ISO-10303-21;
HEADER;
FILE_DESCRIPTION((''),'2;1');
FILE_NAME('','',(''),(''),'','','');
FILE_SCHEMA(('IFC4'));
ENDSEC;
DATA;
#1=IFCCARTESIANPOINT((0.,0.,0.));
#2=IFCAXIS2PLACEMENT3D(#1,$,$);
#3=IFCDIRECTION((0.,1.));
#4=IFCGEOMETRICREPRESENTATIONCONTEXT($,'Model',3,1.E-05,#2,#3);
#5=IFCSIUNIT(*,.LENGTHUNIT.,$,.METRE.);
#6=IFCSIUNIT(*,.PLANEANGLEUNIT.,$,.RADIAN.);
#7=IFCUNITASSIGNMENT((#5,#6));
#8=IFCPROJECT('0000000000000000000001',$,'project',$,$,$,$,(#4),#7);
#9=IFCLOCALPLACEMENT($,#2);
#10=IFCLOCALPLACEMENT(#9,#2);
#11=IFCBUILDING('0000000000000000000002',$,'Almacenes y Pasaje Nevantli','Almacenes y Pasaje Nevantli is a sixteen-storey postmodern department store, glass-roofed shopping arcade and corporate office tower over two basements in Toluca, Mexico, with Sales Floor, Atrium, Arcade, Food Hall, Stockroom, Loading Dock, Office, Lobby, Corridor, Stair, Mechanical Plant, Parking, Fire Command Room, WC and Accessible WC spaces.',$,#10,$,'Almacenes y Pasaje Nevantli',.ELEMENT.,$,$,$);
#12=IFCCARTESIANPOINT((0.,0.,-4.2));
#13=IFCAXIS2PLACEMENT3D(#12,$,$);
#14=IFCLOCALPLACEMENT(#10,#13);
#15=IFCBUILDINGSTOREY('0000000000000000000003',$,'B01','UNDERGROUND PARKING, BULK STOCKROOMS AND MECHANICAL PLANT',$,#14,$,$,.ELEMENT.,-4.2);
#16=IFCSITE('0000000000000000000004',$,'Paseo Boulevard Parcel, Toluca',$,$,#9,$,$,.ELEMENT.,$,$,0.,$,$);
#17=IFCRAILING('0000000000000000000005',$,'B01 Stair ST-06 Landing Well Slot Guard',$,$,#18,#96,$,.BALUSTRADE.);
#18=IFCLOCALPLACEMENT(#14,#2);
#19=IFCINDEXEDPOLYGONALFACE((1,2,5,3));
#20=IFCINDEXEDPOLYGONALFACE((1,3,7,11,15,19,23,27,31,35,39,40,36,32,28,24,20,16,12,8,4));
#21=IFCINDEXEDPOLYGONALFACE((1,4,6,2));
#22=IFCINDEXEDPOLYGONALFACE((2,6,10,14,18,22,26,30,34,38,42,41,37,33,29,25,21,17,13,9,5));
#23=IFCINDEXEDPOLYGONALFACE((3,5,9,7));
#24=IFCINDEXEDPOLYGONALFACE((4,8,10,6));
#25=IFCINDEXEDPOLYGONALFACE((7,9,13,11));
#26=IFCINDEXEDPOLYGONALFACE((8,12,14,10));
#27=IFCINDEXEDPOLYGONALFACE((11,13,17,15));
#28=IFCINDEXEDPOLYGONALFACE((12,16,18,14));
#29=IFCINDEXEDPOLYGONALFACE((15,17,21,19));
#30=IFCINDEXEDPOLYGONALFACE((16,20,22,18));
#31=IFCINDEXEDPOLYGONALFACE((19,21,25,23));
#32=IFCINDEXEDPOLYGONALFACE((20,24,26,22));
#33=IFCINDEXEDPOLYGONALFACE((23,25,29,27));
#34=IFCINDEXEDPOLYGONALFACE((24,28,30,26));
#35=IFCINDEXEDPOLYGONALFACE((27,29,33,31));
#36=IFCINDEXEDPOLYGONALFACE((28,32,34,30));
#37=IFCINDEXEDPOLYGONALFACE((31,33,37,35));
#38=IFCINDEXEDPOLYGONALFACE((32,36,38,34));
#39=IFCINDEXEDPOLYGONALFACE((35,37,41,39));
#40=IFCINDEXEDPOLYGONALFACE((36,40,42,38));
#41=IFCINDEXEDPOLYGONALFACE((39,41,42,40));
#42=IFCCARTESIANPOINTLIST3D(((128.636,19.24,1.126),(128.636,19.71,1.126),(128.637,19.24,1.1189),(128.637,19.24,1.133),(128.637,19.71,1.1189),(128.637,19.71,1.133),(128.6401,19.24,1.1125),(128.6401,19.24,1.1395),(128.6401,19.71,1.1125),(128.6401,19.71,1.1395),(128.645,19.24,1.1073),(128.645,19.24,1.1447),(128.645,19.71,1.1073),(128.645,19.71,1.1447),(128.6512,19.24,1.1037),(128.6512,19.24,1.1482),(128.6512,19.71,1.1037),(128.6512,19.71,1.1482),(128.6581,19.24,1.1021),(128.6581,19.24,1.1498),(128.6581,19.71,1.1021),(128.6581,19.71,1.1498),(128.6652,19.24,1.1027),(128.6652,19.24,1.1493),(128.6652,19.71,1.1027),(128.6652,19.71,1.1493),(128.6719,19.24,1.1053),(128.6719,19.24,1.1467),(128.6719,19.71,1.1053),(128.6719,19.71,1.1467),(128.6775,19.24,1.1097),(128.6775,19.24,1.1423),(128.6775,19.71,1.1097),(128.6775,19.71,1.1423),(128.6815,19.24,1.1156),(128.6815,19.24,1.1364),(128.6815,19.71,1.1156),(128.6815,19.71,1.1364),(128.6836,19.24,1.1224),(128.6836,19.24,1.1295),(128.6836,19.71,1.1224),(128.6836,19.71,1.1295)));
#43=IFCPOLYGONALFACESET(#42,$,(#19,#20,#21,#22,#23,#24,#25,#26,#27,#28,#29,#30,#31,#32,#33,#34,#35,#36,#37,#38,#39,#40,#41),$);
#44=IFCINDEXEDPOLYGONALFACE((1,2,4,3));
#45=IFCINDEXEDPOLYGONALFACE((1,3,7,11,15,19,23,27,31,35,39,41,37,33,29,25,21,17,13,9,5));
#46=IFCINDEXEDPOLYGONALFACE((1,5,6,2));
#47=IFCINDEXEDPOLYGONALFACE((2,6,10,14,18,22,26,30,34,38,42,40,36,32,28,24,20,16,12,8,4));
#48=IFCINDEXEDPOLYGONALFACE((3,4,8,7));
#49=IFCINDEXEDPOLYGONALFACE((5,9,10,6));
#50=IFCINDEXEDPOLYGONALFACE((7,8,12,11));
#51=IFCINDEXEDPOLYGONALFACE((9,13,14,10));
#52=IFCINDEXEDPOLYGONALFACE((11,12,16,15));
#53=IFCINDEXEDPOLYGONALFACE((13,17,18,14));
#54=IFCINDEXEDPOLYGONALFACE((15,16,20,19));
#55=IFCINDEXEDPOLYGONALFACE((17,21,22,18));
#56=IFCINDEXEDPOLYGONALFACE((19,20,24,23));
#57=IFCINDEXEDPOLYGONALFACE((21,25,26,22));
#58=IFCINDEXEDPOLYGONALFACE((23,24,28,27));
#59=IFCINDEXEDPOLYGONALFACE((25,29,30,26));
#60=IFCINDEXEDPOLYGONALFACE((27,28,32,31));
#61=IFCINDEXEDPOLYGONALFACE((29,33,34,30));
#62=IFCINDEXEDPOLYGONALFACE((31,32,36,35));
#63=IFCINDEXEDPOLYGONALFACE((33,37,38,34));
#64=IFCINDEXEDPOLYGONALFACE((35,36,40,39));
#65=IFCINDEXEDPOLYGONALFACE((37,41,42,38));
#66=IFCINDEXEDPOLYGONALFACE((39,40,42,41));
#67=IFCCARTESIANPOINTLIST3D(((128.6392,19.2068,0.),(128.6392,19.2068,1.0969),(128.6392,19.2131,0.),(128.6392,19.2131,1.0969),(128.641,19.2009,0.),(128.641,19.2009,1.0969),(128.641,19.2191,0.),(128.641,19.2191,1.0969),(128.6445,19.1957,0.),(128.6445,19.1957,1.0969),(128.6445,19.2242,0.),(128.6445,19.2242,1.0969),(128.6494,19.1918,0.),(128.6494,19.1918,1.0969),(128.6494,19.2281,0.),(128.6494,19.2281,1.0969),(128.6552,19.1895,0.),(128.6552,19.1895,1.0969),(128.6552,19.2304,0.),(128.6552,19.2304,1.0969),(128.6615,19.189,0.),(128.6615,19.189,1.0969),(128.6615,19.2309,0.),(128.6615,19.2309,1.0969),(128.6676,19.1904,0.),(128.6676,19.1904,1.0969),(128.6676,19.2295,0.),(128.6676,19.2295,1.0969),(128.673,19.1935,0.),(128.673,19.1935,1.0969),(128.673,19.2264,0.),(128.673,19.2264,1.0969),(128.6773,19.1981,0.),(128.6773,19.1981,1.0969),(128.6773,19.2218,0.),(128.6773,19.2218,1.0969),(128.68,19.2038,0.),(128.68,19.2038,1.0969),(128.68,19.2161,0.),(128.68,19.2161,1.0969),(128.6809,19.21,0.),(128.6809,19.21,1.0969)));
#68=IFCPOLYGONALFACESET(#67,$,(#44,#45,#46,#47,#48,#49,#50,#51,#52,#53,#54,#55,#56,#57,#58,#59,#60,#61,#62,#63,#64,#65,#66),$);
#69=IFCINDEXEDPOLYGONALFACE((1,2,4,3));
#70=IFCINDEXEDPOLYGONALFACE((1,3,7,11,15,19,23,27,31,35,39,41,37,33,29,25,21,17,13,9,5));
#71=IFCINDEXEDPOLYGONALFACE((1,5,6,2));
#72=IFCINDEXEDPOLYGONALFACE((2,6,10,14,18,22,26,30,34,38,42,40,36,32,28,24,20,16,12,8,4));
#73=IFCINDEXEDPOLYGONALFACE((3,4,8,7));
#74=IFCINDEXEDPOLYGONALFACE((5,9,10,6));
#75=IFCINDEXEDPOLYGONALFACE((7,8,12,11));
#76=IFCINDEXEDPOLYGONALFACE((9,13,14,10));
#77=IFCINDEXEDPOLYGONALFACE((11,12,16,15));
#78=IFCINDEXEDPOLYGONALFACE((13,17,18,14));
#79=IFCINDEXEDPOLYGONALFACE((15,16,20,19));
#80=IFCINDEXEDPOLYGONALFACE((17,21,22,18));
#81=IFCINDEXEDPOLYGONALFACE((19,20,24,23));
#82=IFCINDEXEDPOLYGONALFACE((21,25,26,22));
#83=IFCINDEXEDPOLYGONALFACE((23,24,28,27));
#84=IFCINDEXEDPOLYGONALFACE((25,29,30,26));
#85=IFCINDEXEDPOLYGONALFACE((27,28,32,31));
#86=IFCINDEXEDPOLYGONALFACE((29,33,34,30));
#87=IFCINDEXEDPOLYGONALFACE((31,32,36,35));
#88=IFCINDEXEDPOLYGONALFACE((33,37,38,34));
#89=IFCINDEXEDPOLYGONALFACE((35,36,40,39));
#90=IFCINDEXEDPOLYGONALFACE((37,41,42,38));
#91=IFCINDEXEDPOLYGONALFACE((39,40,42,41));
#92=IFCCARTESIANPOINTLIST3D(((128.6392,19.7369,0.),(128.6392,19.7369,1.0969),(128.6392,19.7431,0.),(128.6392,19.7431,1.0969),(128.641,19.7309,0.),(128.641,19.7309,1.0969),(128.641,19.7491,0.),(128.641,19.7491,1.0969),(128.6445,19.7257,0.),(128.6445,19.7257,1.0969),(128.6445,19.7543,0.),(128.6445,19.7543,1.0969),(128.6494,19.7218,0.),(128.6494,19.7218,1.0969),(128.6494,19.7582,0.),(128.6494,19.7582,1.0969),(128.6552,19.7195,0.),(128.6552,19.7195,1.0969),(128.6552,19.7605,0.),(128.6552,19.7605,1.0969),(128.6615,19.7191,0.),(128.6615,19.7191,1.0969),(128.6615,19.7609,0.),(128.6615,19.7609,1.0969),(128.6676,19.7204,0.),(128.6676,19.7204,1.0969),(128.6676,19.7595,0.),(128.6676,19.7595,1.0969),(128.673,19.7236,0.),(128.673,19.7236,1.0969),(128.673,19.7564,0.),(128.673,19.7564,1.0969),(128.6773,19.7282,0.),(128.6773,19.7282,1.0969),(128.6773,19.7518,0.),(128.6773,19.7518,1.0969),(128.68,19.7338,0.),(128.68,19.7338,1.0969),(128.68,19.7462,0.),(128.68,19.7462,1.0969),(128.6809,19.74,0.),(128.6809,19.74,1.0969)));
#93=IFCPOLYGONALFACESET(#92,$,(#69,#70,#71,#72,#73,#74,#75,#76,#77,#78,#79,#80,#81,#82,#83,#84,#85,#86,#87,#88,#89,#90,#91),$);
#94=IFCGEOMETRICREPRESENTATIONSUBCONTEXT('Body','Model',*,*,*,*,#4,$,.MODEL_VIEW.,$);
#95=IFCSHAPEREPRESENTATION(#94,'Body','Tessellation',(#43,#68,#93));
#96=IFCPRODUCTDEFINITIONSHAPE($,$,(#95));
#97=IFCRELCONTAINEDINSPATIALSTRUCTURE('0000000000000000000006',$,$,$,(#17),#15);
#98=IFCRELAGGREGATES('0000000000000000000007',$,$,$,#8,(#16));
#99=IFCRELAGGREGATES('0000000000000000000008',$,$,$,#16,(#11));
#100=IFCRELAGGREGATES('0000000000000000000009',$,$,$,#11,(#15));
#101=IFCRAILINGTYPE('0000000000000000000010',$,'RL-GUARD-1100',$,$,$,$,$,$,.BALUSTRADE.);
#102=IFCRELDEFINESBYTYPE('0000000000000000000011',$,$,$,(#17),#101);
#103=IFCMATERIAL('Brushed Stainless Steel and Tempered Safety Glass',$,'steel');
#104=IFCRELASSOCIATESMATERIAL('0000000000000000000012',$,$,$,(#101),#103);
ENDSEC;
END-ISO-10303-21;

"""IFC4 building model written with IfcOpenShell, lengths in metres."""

from ifc_helpers import new_model, si_unit, direction, frame, origin, origin_2d, place, context, subcontext, project, spatial, circle, extrude, material, type_object, element, save


model = new_model("IFC4")

# Units and contexts
model_context = context("Model", 3, precision=1e-05, world=origin(), true_north=direction((0.0, 1.0)))
body_context = subcontext(model_context, "Body", "Model", "MODEL_VIEW")
ifc_project = project(units=[si_unit("LENGTHUNIT", "METRE"), si_unit("PLANEANGLEUNIT", "RADIAN")], contexts=[model_context])

# Site, building, storey
site_placement = place(None, origin())
site = spatial("IfcSite", under=ifc_project, at=site_placement, Name="Paseo Boulevard Parcel, Toluca", CompositionType="ELEMENT", RefElevation=0.0)
building_placement = place(site_placement, origin())
building = spatial("IfcBuilding", under=site, at=building_placement, Name="Almacenes y Pasaje Nevantli", Description="Almacenes y Pasaje Nevantli is a sixteen-storey postmodern department store, glass-roofed shopping arcade and corporate office tower over two basements in Toluca, Mexico, with Sales Floor, Atrium, Arcade, Food Hall, Stockroom, Loading Dock, Office, Lobby, Corridor, Stair, Mechanical Plant, Parking, Fire Command Room, WC and Accessible WC spaces.", LongName="Almacenes y Pasaje Nevantli", CompositionType="ELEMENT")
storey_placement = place(building_placement, frame((0.0, 0.0, -4.2)))
storey = spatial("IfcBuildingStorey", under=building, at=storey_placement, Name="B01", Description="UNDERGROUND PARKING, BULK STOCKROOMS AND MECHANICAL PLANT", CompositionType="ELEMENT", Elevation=-4.2)

# Railing
ifc_material_1 = material(Name="Brushed Stainless Steel and Tempered Safety Glass", Category="steel")
railing_type_1 = type_object("IfcRailingType", Name="RL-GUARD-1100", PredefinedType="BALUSTRADE", material=ifc_material_1)
railing_1_placement = place(storey_placement, frame((128.6599, 19.21, 0.0)))
element("IfcRailing", 1, at=railing_1_placement, inside=storey, type_object=railing_type_1, Name="B01 Stair ST-06 Landing Well Slot Guard", PredefinedType="BALUSTRADE", context=body_context, shape_type="SweptSolid", body=[
    extrude(circle(Radius=0.0239, at=origin_2d()), frame((0.0, 0.03, 1.126), z_axis=(0.0, 1.0, 0.0), x_axis=(-1.0, 0.0, 0.0)), (0.0, 0.0, 1.0), 0.47),
    extrude(circle(Radius=0.021, at=origin_2d()), origin(), (0.0, 0.0, 1.0), 1.0969),
    extrude(circle(Radius=0.021, at=origin_2d()), frame((0.0, 0.53, 0.0)), (0.0, 0.0, 1.0), 1.0969),
])

save(model, "model.ifc")
